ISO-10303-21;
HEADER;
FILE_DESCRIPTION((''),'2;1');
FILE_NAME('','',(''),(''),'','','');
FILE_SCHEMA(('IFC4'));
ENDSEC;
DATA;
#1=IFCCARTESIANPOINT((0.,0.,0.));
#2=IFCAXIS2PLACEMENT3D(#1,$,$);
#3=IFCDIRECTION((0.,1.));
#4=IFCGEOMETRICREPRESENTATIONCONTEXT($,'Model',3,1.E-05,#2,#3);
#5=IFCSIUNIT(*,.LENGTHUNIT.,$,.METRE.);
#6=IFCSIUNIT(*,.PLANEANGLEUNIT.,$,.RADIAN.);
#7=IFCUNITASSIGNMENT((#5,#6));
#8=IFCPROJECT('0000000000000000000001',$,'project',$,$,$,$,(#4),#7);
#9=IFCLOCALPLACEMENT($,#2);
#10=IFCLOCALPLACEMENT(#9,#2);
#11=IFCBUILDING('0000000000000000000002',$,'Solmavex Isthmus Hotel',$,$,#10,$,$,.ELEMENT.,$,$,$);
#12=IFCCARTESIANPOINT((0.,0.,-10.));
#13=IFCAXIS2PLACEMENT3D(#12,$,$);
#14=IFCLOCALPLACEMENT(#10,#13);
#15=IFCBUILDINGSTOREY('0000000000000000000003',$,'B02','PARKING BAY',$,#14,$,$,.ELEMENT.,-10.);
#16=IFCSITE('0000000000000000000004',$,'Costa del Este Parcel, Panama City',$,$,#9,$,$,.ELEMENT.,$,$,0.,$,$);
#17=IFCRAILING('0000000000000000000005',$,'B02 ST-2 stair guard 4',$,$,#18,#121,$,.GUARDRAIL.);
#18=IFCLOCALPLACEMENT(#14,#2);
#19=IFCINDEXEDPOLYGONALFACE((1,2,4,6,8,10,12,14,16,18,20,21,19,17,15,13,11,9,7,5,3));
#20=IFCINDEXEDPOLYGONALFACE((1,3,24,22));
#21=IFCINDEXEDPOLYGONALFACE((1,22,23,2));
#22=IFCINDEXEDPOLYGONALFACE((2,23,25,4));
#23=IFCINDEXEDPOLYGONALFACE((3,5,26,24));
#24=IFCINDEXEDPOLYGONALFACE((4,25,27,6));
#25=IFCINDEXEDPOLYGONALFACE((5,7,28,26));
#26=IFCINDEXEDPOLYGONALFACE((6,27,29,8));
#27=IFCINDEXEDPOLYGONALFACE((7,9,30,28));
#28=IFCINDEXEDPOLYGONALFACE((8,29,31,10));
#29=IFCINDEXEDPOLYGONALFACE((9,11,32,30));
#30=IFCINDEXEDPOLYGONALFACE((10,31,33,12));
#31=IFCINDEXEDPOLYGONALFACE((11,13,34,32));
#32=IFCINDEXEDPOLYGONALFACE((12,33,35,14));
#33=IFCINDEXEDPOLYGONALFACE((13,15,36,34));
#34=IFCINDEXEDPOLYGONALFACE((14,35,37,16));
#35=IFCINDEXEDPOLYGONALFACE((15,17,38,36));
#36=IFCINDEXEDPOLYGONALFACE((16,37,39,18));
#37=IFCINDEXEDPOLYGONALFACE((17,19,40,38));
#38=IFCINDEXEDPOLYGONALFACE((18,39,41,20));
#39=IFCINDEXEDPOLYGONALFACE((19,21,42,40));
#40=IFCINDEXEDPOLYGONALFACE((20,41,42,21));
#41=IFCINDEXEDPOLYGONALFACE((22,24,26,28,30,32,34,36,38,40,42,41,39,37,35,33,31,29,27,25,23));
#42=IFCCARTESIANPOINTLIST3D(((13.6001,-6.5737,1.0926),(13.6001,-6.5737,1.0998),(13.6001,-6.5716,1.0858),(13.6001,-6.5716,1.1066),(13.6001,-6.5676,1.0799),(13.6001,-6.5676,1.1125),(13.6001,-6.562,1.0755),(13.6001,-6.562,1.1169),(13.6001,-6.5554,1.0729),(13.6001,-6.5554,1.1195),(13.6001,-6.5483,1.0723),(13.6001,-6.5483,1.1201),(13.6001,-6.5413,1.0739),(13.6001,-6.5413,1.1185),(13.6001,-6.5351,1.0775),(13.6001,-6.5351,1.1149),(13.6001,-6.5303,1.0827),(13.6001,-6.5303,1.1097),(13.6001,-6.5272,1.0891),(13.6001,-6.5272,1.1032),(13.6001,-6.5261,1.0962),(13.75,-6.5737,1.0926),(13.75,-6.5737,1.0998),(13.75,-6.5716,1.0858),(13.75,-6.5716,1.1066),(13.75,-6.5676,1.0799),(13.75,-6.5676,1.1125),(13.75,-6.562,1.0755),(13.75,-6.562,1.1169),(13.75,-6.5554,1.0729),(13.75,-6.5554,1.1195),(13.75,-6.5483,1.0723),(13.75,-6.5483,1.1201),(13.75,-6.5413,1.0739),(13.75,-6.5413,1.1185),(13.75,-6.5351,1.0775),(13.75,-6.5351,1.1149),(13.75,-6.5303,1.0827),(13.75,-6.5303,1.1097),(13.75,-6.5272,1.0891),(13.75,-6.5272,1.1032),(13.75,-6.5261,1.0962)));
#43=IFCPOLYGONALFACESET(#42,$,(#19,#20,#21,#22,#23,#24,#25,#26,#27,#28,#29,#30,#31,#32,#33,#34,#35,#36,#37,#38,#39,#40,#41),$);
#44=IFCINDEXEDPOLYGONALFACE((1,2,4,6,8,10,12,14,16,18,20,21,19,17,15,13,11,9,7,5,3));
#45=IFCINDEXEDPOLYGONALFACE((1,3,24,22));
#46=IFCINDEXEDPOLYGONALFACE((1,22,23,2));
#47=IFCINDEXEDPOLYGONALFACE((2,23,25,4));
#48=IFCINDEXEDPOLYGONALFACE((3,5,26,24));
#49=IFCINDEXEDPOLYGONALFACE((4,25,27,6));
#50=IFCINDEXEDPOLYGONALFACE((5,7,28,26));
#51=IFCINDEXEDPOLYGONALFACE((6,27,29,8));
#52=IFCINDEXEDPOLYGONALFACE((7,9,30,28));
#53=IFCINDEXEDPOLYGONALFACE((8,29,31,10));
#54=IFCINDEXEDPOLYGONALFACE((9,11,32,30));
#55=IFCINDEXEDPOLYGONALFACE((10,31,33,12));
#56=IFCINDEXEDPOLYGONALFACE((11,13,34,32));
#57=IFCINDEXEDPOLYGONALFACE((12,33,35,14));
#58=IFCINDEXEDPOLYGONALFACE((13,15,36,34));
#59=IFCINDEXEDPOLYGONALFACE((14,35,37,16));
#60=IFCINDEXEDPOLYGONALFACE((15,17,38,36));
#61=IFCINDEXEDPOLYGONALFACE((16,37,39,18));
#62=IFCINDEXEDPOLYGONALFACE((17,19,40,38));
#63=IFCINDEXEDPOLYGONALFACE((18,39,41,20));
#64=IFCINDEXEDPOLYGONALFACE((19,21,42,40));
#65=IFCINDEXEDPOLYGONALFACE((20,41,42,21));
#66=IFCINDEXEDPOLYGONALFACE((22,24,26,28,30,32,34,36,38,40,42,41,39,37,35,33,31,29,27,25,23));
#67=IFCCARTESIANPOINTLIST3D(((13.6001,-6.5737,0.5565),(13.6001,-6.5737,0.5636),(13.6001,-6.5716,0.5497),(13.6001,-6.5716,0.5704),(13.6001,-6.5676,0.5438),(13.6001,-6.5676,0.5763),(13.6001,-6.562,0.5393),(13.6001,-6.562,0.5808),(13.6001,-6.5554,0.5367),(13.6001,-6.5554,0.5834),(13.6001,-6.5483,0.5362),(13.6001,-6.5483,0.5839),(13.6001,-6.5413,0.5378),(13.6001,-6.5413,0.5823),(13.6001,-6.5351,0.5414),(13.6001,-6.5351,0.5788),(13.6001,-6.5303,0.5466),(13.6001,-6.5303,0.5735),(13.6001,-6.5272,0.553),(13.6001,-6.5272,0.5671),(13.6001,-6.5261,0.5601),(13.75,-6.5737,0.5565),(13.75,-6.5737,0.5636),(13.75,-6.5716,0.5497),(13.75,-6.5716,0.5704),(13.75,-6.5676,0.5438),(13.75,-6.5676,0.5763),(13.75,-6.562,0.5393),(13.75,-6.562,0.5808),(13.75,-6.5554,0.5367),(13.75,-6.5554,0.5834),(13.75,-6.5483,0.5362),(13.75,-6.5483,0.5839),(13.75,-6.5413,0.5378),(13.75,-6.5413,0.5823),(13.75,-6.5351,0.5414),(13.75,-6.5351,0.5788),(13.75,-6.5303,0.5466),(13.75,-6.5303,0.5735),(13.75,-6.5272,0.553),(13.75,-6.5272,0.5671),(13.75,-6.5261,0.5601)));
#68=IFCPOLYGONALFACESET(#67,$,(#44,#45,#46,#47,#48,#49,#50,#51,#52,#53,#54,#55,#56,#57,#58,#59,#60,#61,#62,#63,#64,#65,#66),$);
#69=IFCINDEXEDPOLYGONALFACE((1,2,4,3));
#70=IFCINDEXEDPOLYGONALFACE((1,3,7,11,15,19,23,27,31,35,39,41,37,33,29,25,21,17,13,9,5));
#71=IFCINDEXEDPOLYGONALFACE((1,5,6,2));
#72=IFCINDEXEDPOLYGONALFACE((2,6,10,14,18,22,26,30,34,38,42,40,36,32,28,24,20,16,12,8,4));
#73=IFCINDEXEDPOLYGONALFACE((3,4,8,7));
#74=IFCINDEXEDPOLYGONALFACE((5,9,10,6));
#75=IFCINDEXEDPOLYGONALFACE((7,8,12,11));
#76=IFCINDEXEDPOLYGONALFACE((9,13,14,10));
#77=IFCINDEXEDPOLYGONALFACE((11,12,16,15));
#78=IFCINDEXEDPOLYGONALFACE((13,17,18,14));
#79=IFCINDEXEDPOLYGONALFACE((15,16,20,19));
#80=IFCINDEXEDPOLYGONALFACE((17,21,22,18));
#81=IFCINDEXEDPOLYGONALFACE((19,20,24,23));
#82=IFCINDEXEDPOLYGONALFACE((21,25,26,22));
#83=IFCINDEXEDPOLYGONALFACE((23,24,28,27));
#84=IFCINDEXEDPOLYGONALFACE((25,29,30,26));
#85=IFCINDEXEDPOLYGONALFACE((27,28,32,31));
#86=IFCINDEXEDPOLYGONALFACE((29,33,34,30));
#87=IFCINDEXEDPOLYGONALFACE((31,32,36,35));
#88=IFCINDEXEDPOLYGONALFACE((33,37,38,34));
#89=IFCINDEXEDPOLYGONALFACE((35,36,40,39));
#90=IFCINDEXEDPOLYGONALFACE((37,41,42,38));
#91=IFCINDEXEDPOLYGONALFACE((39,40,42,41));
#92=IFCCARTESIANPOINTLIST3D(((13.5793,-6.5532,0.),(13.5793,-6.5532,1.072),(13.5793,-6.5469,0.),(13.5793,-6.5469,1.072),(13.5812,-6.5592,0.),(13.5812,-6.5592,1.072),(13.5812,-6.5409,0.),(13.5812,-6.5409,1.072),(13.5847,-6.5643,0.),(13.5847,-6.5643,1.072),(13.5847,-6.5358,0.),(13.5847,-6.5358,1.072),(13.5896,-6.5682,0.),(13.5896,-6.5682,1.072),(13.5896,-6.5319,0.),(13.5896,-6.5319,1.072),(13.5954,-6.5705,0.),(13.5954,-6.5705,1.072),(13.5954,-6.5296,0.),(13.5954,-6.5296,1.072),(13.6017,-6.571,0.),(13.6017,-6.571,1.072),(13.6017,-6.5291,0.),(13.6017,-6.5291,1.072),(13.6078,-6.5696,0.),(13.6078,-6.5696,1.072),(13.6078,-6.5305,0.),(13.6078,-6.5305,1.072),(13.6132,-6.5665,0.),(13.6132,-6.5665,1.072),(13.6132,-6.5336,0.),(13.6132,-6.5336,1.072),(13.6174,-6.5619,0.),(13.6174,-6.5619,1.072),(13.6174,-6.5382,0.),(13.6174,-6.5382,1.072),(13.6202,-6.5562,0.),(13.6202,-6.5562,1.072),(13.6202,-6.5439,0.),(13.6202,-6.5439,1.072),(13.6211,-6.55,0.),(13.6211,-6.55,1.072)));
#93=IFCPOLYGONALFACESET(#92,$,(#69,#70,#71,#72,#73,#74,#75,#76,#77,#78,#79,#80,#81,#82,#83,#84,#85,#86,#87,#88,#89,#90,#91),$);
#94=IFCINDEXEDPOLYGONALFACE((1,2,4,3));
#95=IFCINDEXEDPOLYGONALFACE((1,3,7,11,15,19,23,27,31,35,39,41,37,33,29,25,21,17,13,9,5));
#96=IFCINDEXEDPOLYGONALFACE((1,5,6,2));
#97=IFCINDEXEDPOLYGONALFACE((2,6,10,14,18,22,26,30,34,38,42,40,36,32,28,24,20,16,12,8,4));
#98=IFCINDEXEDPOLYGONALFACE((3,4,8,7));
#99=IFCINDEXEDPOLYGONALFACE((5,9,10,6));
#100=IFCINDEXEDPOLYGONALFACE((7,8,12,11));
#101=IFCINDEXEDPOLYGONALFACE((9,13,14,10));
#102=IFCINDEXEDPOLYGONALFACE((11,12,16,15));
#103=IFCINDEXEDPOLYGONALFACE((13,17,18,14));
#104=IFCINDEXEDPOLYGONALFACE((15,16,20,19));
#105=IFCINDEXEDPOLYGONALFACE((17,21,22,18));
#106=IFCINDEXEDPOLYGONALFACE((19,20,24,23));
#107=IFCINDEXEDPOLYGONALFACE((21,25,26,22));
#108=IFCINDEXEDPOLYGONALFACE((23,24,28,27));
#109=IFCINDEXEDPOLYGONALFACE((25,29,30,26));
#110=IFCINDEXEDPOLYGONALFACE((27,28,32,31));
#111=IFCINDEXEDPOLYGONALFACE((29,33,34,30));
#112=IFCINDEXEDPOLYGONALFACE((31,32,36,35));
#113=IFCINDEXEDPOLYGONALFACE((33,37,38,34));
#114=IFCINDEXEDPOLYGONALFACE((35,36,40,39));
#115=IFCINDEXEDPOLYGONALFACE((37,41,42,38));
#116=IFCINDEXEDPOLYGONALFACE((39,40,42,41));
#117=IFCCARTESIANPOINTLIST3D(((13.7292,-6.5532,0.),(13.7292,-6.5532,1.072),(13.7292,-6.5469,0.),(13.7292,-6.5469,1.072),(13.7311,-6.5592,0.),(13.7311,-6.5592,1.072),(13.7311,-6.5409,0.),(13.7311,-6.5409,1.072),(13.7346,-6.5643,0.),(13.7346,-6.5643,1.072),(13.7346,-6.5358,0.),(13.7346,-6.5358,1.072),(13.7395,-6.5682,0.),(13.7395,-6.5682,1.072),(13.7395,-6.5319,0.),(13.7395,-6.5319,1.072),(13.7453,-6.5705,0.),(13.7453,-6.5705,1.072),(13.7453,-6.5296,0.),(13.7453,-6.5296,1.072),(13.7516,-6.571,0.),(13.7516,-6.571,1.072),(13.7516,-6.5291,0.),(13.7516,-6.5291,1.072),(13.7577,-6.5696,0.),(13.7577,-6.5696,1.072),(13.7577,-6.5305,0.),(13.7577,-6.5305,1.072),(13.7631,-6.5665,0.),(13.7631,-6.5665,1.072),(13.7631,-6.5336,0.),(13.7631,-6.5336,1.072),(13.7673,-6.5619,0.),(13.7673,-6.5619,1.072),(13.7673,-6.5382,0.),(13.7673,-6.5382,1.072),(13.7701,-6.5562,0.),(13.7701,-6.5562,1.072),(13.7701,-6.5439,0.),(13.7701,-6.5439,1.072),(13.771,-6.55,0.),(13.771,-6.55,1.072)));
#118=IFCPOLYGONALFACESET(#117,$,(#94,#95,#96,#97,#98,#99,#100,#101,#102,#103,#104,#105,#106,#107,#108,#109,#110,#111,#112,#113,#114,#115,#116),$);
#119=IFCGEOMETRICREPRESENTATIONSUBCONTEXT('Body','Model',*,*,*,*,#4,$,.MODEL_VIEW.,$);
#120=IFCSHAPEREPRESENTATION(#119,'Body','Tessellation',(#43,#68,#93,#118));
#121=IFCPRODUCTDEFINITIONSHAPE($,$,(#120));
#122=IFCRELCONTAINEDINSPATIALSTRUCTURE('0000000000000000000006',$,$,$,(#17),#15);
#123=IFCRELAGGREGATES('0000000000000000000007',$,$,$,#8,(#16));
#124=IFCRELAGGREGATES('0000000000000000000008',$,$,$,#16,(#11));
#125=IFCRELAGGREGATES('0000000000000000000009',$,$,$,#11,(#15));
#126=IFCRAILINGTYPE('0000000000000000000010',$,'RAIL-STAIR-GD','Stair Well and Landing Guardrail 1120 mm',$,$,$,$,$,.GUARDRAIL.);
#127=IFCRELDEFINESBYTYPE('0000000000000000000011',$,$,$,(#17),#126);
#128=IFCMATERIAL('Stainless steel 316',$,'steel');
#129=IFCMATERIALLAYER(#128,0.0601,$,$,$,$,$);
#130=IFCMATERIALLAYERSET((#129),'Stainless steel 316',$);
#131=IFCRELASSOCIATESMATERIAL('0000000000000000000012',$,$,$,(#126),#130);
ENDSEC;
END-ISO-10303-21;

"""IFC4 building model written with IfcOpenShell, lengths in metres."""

from ifc_helpers import new_model, si_unit, direction, frame, origin, origin_2d, place, context, subcontext, project, spatial, circle, extrude, material, layer, layer_set, type_object, element, save


model = new_model("IFC4")

# Units and contexts
model_context = context("Model", 3, precision=1e-05, world=origin(), true_north=direction((0.0, 1.0)))
body_context = subcontext(model_context, "Body", "Model", "MODEL_VIEW")
ifc_project = project(units=[si_unit("LENGTHUNIT", "METRE"), si_unit("PLANEANGLEUNIT", "RADIAN")], contexts=[model_context])

# Site, building, storey
site_placement = place(None, origin())
site = spatial("IfcSite", under=ifc_project, at=site_placement, Name="Costa del Este Parcel, Panama City", CompositionType="ELEMENT", RefElevation=0.0)
building_placement = place(site_placement, origin())
building = spatial("IfcBuilding", under=site, at=building_placement, Name="Solmavex Isthmus Hotel", CompositionType="ELEMENT")
storey_placement = place(building_placement, frame((0.0, 0.0, -10.0)))
storey = spatial("IfcBuildingStorey", under=building, at=storey_placement, Name="B02", Description="PARKING BAY", CompositionType="ELEMENT", Elevation=-10.0)

# Railing
ifc_material_1 = material(Name="Stainless steel 316", Category="steel")
ifc_layer_1 = layer(ifc_material_1, 0.0601)
ifc_layer_set_1 = layer_set([ifc_layer_1], Name="Stainless steel 316")
railing_type_1 = type_object("IfcRailingType", Name="RAIL-STAIR-GD", Description="Stair Well and Landing Guardrail 1120 mm", PredefinedType="GUARDRAIL", material=ifc_layer_set_1)
railing_1_placement = place(storey_placement, frame((13.6001, -6.55, 0.0)))
element("IfcRailing", 1, at=railing_1_placement, inside=storey, type_object=railing_type_1, Name="B02 ST-2 stair guard 4", PredefinedType="GUARDRAIL", context=body_context, shape_type="SweptSolid", body=[
    extrude(circle(Radius=0.0239, at=origin_2d()), frame((0.0, 0.0, 1.0962), z_axis=(1.0, 0.0, 0.0), x_axis=(0.0, 1.0, 0.0)), (0.0, 0.0, 1.0), 0.1499),
    extrude(circle(Radius=0.0239, at=origin_2d()), frame((0.0, 0.0, 0.5601), z_axis=(1.0, 0.0, 0.0), x_axis=(0.0, 1.0, 0.0)), (0.0, 0.0, 1.0), 0.1499),
    extrude(circle(Radius=0.021, at=origin_2d()), origin(), (0.0, 0.0, 1.0), 1.072),
    extrude(circle(Radius=0.021, at=origin_2d()), frame((0.1499, 0.0, 0.0)), (0.0, 0.0, 1.0), 1.072),
])

save(model, "model.ifc")
